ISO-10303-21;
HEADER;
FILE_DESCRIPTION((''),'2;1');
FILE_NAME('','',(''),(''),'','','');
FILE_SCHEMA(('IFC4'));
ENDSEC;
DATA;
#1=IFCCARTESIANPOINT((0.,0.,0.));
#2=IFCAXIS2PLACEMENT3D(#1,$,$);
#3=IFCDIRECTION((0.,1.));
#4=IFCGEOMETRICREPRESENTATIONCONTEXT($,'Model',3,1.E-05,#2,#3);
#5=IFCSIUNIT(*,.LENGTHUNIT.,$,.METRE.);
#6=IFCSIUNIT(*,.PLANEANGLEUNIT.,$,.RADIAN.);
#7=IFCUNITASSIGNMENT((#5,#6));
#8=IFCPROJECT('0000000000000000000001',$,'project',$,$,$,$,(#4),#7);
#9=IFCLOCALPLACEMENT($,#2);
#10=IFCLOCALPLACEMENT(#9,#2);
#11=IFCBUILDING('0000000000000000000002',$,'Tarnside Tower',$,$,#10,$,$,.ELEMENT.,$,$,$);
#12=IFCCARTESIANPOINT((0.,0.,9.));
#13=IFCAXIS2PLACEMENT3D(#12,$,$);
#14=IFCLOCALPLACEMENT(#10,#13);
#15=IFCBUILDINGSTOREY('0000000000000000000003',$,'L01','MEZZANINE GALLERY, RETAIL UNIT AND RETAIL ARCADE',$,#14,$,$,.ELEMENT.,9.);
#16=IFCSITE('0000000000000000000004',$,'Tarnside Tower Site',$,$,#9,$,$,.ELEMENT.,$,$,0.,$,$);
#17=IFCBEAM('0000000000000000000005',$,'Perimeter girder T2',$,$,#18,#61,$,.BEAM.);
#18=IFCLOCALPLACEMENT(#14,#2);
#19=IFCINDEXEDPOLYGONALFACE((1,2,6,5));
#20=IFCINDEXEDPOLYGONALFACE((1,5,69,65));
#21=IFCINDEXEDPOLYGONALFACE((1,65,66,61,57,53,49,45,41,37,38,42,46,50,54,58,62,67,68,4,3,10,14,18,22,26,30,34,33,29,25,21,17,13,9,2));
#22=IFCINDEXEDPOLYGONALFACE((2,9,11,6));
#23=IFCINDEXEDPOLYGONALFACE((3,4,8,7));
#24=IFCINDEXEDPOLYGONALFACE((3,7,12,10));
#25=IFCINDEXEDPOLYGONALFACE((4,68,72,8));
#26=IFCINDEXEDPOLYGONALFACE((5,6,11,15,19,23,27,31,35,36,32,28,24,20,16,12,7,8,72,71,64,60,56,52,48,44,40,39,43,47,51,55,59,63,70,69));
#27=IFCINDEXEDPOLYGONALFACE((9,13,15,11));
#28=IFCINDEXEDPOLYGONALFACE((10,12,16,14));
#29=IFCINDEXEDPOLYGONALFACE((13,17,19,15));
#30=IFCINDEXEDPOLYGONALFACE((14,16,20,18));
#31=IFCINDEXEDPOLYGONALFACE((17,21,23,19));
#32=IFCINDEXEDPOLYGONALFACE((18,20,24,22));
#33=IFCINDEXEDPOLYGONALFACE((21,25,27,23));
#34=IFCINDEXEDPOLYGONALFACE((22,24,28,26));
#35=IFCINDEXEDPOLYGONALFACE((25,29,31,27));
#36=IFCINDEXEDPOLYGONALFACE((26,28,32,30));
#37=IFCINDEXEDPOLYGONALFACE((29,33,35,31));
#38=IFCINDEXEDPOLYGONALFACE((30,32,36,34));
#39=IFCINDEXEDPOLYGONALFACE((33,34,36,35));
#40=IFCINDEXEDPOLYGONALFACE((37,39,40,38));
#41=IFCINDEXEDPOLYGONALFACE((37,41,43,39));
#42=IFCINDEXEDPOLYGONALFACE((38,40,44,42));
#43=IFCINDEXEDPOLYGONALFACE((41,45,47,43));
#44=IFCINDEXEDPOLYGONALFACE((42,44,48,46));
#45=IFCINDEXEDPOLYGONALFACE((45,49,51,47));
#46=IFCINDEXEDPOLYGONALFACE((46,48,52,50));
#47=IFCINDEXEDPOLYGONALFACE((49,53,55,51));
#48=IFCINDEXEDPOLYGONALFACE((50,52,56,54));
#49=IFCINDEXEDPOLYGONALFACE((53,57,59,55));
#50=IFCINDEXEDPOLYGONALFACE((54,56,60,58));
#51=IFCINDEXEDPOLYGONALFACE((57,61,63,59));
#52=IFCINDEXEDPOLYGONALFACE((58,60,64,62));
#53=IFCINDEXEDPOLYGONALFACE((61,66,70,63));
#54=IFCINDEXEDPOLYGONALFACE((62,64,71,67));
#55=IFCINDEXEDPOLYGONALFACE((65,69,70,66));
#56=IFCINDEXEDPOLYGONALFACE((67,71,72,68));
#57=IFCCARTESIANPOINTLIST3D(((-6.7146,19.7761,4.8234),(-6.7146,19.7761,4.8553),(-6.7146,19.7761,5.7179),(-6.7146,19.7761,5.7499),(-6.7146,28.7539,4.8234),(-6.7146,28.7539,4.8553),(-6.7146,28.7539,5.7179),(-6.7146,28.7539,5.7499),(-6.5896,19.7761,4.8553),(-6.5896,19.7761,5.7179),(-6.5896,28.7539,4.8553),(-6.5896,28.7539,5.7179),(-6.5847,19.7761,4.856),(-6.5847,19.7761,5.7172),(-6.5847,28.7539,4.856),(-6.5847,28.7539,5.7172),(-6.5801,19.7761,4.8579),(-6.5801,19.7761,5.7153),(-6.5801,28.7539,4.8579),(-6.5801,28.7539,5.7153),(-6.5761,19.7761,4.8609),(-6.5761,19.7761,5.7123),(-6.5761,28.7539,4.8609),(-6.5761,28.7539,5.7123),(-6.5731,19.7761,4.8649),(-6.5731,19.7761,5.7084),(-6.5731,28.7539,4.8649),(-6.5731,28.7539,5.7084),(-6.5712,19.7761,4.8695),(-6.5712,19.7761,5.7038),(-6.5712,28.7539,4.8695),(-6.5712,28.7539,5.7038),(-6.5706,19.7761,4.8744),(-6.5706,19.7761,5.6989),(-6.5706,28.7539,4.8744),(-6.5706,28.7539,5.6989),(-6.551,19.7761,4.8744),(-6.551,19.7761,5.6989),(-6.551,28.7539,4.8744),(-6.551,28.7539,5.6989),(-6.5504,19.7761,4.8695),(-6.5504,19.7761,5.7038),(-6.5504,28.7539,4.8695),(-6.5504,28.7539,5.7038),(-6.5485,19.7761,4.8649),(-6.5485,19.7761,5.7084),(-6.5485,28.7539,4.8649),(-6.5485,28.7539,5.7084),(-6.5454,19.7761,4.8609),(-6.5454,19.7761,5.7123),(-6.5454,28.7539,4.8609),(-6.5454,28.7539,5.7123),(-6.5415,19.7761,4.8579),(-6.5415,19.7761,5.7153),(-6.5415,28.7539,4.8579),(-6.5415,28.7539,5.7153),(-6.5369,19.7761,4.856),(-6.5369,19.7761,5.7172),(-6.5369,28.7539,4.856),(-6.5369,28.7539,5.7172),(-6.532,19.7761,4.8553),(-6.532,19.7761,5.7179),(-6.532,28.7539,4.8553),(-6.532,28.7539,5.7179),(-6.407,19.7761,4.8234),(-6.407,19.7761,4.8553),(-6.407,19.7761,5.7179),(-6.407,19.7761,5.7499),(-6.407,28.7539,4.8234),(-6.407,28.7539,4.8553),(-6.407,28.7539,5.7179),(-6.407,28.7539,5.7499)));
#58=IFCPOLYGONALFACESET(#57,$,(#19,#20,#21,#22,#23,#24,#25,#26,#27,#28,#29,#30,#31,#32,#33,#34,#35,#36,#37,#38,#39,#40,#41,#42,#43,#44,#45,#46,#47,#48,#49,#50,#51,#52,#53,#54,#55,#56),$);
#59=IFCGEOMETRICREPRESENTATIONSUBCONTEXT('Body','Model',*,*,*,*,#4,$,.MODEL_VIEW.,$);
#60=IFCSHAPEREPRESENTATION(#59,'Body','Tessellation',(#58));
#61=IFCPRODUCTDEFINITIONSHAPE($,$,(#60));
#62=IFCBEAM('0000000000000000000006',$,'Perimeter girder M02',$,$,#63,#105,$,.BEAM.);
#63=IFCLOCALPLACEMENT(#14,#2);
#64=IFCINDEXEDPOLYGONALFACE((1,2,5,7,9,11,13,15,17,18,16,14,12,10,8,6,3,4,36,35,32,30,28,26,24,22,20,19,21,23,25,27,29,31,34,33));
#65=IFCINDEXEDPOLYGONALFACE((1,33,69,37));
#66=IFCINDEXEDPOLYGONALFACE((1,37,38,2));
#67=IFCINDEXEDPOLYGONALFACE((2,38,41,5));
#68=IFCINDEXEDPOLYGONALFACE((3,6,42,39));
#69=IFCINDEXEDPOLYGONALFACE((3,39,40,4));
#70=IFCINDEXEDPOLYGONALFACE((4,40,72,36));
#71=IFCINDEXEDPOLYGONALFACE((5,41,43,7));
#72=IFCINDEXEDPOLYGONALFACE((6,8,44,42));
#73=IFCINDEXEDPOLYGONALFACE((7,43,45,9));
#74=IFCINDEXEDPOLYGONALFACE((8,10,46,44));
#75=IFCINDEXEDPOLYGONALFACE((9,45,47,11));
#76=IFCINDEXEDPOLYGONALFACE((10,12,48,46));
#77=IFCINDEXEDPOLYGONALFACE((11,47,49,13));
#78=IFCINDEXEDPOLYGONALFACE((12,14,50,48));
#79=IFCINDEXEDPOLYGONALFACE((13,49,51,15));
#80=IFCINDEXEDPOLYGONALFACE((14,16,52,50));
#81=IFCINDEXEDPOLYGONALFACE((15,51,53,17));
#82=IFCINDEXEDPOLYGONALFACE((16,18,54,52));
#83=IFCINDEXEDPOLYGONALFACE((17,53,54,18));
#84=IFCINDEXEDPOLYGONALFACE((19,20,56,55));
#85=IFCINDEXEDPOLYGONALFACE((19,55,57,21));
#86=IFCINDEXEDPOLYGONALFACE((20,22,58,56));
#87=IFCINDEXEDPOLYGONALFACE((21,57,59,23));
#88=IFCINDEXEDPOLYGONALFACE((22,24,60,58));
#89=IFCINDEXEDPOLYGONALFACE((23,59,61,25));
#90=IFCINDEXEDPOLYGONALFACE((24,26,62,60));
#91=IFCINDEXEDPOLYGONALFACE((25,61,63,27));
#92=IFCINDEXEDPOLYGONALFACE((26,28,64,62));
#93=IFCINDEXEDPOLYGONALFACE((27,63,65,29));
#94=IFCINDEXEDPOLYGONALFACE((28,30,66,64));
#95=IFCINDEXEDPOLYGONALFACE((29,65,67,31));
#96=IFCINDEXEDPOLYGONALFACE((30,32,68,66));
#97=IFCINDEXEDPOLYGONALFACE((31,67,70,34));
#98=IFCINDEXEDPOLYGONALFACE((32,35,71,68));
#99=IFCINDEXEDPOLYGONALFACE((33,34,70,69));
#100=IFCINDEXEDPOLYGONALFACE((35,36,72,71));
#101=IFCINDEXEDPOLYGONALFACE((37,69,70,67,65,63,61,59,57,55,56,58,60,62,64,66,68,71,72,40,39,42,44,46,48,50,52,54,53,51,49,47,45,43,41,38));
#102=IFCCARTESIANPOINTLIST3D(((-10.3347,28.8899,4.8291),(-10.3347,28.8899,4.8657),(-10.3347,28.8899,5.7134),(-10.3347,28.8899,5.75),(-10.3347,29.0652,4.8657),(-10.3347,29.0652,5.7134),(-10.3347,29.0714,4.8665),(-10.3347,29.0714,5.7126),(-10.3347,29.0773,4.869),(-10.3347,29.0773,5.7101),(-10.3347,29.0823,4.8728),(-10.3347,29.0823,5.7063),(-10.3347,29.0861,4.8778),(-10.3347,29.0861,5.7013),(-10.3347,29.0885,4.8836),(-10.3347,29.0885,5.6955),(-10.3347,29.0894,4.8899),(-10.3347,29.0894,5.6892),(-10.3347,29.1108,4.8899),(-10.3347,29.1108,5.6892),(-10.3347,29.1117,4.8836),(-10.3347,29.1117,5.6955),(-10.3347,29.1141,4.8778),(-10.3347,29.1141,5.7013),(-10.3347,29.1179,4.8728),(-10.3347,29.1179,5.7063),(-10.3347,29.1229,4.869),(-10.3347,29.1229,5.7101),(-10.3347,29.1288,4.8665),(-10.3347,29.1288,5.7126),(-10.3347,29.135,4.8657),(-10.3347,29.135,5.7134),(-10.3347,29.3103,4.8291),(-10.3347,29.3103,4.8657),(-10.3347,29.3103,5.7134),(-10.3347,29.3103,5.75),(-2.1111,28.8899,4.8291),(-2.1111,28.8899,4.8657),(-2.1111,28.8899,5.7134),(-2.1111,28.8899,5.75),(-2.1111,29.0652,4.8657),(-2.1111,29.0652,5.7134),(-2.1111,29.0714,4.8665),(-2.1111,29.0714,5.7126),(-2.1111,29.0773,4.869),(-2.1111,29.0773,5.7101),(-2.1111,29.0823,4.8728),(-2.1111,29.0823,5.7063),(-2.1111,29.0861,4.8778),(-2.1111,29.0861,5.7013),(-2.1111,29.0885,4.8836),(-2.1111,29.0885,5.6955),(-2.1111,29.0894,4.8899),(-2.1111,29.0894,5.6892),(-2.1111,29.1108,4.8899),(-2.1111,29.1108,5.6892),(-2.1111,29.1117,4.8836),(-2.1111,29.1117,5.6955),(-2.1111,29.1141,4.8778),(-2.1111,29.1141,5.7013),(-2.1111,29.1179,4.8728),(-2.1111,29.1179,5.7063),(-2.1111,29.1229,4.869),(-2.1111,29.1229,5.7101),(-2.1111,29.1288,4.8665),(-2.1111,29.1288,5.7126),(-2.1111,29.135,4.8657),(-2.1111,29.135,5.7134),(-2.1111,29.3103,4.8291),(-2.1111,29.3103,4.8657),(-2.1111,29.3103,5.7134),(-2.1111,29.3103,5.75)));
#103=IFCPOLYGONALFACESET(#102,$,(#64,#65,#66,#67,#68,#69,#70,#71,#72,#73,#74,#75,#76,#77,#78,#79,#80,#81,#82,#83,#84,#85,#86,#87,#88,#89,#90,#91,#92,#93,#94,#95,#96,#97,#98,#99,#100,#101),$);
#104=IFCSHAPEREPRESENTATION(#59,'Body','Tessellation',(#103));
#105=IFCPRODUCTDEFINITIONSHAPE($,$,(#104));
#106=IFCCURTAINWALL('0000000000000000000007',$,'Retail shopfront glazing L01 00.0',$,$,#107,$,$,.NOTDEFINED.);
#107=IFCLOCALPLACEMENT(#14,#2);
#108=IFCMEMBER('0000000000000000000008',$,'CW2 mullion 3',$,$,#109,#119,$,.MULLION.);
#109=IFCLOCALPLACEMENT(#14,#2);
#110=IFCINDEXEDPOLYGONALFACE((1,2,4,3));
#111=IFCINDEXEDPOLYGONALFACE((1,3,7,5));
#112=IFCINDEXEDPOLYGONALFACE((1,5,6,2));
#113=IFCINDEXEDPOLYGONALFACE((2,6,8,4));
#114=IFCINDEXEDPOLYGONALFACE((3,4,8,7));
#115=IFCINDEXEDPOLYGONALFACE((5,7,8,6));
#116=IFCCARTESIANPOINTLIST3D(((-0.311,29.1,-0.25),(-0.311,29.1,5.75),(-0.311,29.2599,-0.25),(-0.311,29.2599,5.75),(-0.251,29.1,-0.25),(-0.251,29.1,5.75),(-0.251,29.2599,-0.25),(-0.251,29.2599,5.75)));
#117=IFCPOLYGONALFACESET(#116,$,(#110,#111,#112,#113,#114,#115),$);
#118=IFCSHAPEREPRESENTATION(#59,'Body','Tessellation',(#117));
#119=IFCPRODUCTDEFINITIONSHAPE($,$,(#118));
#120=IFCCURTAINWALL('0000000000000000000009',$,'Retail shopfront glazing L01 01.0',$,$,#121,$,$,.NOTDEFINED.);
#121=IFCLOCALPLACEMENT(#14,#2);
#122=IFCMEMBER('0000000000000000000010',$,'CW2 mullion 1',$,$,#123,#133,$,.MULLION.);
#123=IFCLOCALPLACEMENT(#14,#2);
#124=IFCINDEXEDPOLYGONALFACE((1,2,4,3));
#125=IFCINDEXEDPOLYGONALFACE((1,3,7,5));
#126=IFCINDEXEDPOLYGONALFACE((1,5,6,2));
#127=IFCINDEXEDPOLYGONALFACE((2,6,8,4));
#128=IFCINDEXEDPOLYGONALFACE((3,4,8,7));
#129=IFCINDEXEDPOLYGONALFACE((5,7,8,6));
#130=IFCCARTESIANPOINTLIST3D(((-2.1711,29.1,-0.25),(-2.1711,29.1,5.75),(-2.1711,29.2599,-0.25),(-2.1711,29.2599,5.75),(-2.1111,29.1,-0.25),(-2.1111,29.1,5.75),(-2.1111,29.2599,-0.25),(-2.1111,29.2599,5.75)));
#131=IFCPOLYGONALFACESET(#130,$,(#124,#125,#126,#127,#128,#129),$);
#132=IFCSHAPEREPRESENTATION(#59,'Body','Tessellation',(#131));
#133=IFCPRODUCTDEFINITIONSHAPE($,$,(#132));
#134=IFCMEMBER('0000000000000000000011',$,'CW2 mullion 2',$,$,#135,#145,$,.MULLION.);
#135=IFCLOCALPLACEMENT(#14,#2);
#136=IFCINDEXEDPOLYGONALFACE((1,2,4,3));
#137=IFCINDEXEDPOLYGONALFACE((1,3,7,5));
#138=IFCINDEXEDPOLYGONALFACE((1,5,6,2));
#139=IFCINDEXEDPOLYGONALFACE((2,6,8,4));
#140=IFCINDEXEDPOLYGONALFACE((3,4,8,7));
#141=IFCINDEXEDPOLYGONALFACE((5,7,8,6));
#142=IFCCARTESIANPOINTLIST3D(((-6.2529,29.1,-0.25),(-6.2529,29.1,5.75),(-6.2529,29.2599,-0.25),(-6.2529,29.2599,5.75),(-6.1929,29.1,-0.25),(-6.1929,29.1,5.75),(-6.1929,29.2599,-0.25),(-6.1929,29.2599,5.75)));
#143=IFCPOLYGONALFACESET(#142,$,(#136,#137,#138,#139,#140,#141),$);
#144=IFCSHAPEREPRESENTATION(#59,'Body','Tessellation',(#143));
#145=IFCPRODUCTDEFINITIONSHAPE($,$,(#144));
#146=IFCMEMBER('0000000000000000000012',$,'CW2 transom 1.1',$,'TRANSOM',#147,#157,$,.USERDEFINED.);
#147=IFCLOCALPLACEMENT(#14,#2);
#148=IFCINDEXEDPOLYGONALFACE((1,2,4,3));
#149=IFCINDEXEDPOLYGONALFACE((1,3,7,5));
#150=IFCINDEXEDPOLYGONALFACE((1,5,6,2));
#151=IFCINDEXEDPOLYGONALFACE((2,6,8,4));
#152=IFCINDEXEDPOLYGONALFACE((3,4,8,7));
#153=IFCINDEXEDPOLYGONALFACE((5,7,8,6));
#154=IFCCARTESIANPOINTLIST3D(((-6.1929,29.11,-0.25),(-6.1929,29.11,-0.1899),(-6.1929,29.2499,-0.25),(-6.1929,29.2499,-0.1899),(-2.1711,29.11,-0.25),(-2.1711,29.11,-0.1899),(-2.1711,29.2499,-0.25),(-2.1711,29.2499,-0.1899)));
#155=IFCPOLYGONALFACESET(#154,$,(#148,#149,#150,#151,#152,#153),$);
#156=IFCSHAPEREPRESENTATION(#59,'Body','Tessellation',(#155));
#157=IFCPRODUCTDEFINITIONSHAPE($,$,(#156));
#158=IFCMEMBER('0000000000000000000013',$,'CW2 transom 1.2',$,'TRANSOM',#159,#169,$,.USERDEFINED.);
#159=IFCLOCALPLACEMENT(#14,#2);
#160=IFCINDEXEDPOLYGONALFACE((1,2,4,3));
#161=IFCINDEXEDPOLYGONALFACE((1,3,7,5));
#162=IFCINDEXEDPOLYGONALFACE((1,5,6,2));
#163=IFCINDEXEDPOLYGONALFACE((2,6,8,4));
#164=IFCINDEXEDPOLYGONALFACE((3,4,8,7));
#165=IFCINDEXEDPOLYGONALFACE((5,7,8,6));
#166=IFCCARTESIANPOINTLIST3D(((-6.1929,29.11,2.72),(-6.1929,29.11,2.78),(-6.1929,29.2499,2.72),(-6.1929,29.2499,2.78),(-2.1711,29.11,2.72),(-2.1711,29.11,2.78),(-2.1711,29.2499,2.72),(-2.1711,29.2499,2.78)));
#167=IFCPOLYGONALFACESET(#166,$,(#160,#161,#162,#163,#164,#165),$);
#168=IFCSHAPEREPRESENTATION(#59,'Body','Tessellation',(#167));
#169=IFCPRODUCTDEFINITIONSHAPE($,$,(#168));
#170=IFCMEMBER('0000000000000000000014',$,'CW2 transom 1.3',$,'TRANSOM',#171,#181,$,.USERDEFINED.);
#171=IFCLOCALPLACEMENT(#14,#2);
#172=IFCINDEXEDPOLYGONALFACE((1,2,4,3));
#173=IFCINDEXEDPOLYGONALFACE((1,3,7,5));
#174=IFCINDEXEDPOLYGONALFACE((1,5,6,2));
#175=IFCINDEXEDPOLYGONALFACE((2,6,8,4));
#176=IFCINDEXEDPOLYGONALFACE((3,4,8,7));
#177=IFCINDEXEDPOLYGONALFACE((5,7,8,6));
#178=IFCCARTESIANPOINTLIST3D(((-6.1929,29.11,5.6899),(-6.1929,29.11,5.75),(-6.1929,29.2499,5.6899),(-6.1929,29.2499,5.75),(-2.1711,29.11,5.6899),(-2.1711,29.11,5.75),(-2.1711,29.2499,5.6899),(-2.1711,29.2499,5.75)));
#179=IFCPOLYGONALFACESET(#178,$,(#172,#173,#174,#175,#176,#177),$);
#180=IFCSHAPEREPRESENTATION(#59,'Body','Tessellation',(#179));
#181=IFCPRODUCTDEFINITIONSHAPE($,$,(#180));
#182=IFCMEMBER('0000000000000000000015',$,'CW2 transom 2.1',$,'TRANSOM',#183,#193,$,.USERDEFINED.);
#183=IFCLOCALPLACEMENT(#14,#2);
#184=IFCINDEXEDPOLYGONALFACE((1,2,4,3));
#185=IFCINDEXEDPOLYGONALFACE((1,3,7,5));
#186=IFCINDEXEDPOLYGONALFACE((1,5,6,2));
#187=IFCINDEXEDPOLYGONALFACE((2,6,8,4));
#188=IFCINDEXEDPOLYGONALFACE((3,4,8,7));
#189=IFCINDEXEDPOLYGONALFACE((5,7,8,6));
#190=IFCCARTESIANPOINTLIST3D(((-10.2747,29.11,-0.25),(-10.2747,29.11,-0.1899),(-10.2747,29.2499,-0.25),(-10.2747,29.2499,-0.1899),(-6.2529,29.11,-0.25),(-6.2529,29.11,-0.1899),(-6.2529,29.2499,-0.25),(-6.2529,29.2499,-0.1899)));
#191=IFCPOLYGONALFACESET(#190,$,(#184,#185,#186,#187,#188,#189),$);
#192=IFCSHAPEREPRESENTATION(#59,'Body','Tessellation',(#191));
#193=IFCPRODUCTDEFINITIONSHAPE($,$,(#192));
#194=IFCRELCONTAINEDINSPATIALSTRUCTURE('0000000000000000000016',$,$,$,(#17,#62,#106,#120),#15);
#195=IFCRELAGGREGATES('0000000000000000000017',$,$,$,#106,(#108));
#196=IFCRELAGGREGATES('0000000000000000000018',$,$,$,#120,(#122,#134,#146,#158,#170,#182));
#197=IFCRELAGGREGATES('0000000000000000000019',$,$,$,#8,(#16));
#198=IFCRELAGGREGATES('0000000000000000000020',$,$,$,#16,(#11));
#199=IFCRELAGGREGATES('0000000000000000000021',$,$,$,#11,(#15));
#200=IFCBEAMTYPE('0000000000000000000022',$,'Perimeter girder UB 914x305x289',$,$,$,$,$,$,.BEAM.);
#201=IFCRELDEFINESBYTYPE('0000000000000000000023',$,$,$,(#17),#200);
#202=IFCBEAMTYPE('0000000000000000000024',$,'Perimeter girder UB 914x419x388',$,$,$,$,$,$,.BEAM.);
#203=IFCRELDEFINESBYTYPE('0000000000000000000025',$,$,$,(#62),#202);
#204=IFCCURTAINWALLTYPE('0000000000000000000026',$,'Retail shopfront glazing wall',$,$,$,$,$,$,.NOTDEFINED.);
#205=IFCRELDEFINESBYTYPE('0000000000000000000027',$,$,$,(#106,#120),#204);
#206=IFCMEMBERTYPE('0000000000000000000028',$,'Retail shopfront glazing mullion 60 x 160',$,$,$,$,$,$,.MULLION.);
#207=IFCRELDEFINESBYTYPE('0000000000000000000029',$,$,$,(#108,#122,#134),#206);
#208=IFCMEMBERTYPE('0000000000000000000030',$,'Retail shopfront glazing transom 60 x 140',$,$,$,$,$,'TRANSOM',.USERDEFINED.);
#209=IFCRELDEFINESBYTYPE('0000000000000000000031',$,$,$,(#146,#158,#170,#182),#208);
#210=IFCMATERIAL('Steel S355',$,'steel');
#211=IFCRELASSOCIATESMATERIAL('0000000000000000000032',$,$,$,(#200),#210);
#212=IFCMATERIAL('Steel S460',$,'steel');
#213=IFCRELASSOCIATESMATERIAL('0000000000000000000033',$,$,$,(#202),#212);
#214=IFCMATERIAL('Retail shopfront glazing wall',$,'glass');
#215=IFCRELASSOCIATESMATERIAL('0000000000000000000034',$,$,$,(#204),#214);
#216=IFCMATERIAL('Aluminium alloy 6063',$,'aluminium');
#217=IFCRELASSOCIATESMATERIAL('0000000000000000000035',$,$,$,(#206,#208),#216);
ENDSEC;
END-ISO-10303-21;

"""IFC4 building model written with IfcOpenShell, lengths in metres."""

from ifc_helpers import new_model, si_unit, direction, frame, origin, origin_2d, place, context, subcontext, project, spatial, rectangle, i_section, extrude, material, material_profile, profile_set, type_object, element, aggregate, save


model = new_model("IFC4")

# Units and contexts
model_context = context("Model", 3, precision=1e-05, world=origin(), true_north=direction((0.0, 1.0)))
body_context = subcontext(model_context, "Body", "Model", "MODEL_VIEW")
ifc_project = project(units=[si_unit("LENGTHUNIT", "METRE"), si_unit("PLANEANGLEUNIT", "RADIAN")], contexts=[model_context])

# Site, building, storey
site_placement = place(None, origin())
site = spatial("IfcSite", under=ifc_project, at=site_placement, Name="Tarnside Tower Site", CompositionType="ELEMENT", RefElevation=0.0)
building_placement = place(site_placement, origin())
building = spatial("IfcBuilding", under=site, at=building_placement, Name="Tarnside Tower", CompositionType="ELEMENT")
storey_placement = place(building_placement, frame((0.0, 0.0, 9.0)))
storey = spatial("IfcBuildingStorey", under=building, at=storey_placement, Name="L01", Description="MEZZANINE GALLERY, RETAIL UNIT AND RETAIL ARCADE", CompositionType="ELEMENT", Elevation=9.0)

# Shared definitions
ifc_material_1 = material(Name="Steel S460", Category="steel")

# Beams
ifc_material_2 = material(Name="Steel S355", Category="steel")
ifc_material_profile_1 = material_profile(ifc_material_2, i_section(OverallWidth=0.3076, OverallDepth=0.9265, WebThickness=0.0195, FlangeThickness=0.032, FilletRadius=0.019, at=origin_2d()), Name="UB 914x305x289")
ifc_profile_set_1 = profile_set([ifc_material_profile_1], Name="Steel S355")
beam_type_1 = type_object("IfcBeamType", Name="Perimeter girder UB 914x305x289", PredefinedType="BEAM", material=ifc_profile_set_1)
beam_1_placement = place(storey_placement, frame((-6.5608, 28.7539, 5.2866), z_axis=(0.0, -1.0, 0.0), x_axis=(1.0, 0.0, 0.0)))
element("IfcBeam", 1, at=beam_1_placement, inside=storey, type_object=beam_type_1, Name="Perimeter girder T2", PredefinedType="BEAM", context=body_context, shape_type="SweptSolid", body=[
    extrude(i_section(OverallWidth=0.3076, OverallDepth=0.9265, WebThickness=0.0195, FlangeThickness=0.032, FilletRadius=0.019, at=origin_2d()), origin(), (0.0, 0.0, 1.0), 8.9778),
])
ifc_material_profile_2 = material_profile(ifc_material_1, i_section(OverallWidth=0.4204, OverallDepth=0.9209, WebThickness=0.0215, FlangeThickness=0.0366, FilletRadius=0.0242, at=origin_2d()), Name="UB 914x419x388")
ifc_profile_set_2 = profile_set([ifc_material_profile_2], Name="Steel S460")
beam_type_2 = type_object("IfcBeamType", Name="Perimeter girder UB 914x419x388", PredefinedType="BEAM", material=ifc_profile_set_2)
beam_2_placement = place(storey_placement, frame((-2.1111, 29.1001, 5.2896), z_axis=(-1.0, 0.0, 0.0), x_axis=(0.0, -1.0, 0.0)))
element("IfcBeam", 2, at=beam_2_placement, inside=storey, type_object=beam_type_2, Name="Perimeter girder M02", PredefinedType="BEAM", context=body_context, shape_type="SweptSolid", body=[
    extrude(i_section(OverallWidth=0.4204, OverallDepth=0.9209, WebThickness=0.0215, FlangeThickness=0.0366, FilletRadius=0.0242, at=origin_2d()), origin(), (0.0, 0.0, 1.0), 8.2236),
])

# Curtain wall, member
ifc_material_3 = material(Name="Retail shopfront glazing wall", Category="glass")
curtain_wall_type = type_object("IfcCurtainWallType", Name="Retail shopfront glazing wall", PredefinedType="NOTDEFINED", material=ifc_material_3)
curtain_wall_1_placement = place(storey_placement, origin())
curtain_wall_1 = element("IfcCurtainWall", 3, at=curtain_wall_1_placement, inside=storey, type_object=curtain_wall_type, Name="Retail shopfront glazing L01 00.0", PredefinedType="NOTDEFINED")
ifc_material_4 = material(Name="Aluminium alloy 6063", Category="aluminium")
ifc_material_profile_3 = material_profile(ifc_material_4, rectangle(XDim=0.1599, YDim=0.0601, at=origin_2d()), Name="Retail shopfront glazing mullion 60 x 160")
ifc_profile_set_3 = profile_set([ifc_material_profile_3], Name="Aluminium alloy 6063")
member_type_1 = type_object("IfcMemberType", Name="Retail shopfront glazing mullion 60 x 160", PredefinedType="MULLION", material=ifc_profile_set_3)
member_1_placement = place(storey_placement, frame((-0.281, 29.1799, -0.25), z_axis=(0.0, 0.0, 1.0), x_axis=(0.0, -1.0, 0.0)))
member_1 = element("IfcMember", 4, at=member_1_placement, type_object=member_type_1, Name="CW2 mullion 3", PredefinedType="MULLION", context=body_context, shape_type="SweptSolid", body=[
    extrude(rectangle(XDim=0.1599, YDim=0.0601, at=origin_2d()), origin(), (0.0, 0.0, 1.0), 6.0),
])
aggregate(curtain_wall_1, [member_1])

# Curtain wall, members
curtain_wall_2_placement = place(storey_placement, origin())
curtain_wall_2 = element("IfcCurtainWall", 5, at=curtain_wall_2_placement, inside=storey, type_object=curtain_wall_type, Name="Retail shopfront glazing L01 01.0", PredefinedType="NOTDEFINED")
member_2_placement = place(storey_placement, frame((-2.1411, 29.1799, -0.25), z_axis=(0.0, 0.0, 1.0), x_axis=(0.0, -1.0, 0.0)))
member_2 = element("IfcMember", 6, at=member_2_placement, type_object=member_type_1, Name="CW2 mullion 1", PredefinedType="MULLION", context=body_context, shape_type="SweptSolid", body=[
    extrude(rectangle(XDim=0.1599, YDim=0.0601, at=origin_2d()), origin(), (0.0, 0.0, 1.0), 6.0),
])
member_3_placement = place(storey_placement, frame((-6.2229, 29.1799, -0.25), z_axis=(0.0, 0.0, 1.0), x_axis=(0.0, -1.0, 0.0)))
member_3 = element("IfcMember", 7, at=member_3_placement, type_object=member_type_1, Name="CW2 mullion 2", PredefinedType="MULLION", context=body_context, shape_type="SweptSolid", body=[
    extrude(rectangle(XDim=0.1599, YDim=0.0601, at=origin_2d()), origin(), (0.0, 0.0, 1.0), 6.0),
])
ifc_material_profile_4 = material_profile(ifc_material_4, rectangle(XDim=0.1399, YDim=0.0601, at=origin_2d()), Name="Retail shopfront glazing transom 60 x 140")
ifc_profile_set_4 = profile_set([ifc_material_profile_4], Name="Aluminium alloy 6063")
member_type_2 = type_object("IfcMemberType", Name="Retail shopfront glazing transom 60 x 140", ElementType="TRANSOM", PredefinedType="USERDEFINED", material=ifc_profile_set_4)
member_4_placement = place(storey_placement, frame((-2.1711, 29.1799, -0.22), z_axis=(-1.0, 0.0, 0.0), x_axis=(0.0, -1.0, 0.0)))
member_4 = element("IfcMember", 8, at=member_4_placement, type_object=member_type_2, Name="CW2 transom 1.1", ObjectType="TRANSOM", PredefinedType="USERDEFINED", context=body_context, shape_type="SweptSolid", body=[
    extrude(rectangle(XDim=0.1399, YDim=0.0601, at=origin_2d()), origin(), (0.0, 0.0, 1.0), 4.0217),
])
member_5_placement = place(storey_placement, frame((-2.1711, 29.1799, 2.75), z_axis=(-1.0, 0.0, 0.0), x_axis=(0.0, -1.0, 0.0)))
member_5 = element("IfcMember", 9, at=member_5_placement, type_object=member_type_2, Name="CW2 transom 1.2", ObjectType="TRANSOM", PredefinedType="USERDEFINED", context=body_context, shape_type="SweptSolid", body=[
    extrude(rectangle(XDim=0.1399, YDim=0.0601, at=origin_2d()), origin(), (0.0, 0.0, 1.0), 4.0217),
])
member_6_placement = place(storey_placement, frame((-2.1711, 29.1799, 5.72), z_axis=(-1.0, 0.0, 0.0), x_axis=(0.0, -1.0, 0.0)))
member_6 = element("IfcMember", 10, at=member_6_placement, type_object=member_type_2, Name="CW2 transom 1.3", ObjectType="TRANSOM", PredefinedType="USERDEFINED", context=body_context, shape_type="SweptSolid", body=[
    extrude(rectangle(XDim=0.1399, YDim=0.0601, at=origin_2d()), origin(), (0.0, 0.0, 1.0), 4.0217),
])
member_7_placement = place(storey_placement, frame((-6.2529, 29.1799, -0.22), z_axis=(-1.0, 0.0, 0.0), x_axis=(0.0, -1.0, 0.0)))
member_7 = element("IfcMember", 11, at=member_7_placement, type_object=member_type_2, Name="CW2 transom 2.1", ObjectType="TRANSOM", PredefinedType="USERDEFINED", context=body_context, shape_type="SweptSolid", body=[
    extrude(rectangle(XDim=0.1399, YDim=0.0601, at=origin_2d()), origin(), (0.0, 0.0, 1.0), 4.0217),
])
aggregate(curtain_wall_2, [member_2, member_3, member_4, member_5, member_6, member_7])

save(model, "model.ifc")
